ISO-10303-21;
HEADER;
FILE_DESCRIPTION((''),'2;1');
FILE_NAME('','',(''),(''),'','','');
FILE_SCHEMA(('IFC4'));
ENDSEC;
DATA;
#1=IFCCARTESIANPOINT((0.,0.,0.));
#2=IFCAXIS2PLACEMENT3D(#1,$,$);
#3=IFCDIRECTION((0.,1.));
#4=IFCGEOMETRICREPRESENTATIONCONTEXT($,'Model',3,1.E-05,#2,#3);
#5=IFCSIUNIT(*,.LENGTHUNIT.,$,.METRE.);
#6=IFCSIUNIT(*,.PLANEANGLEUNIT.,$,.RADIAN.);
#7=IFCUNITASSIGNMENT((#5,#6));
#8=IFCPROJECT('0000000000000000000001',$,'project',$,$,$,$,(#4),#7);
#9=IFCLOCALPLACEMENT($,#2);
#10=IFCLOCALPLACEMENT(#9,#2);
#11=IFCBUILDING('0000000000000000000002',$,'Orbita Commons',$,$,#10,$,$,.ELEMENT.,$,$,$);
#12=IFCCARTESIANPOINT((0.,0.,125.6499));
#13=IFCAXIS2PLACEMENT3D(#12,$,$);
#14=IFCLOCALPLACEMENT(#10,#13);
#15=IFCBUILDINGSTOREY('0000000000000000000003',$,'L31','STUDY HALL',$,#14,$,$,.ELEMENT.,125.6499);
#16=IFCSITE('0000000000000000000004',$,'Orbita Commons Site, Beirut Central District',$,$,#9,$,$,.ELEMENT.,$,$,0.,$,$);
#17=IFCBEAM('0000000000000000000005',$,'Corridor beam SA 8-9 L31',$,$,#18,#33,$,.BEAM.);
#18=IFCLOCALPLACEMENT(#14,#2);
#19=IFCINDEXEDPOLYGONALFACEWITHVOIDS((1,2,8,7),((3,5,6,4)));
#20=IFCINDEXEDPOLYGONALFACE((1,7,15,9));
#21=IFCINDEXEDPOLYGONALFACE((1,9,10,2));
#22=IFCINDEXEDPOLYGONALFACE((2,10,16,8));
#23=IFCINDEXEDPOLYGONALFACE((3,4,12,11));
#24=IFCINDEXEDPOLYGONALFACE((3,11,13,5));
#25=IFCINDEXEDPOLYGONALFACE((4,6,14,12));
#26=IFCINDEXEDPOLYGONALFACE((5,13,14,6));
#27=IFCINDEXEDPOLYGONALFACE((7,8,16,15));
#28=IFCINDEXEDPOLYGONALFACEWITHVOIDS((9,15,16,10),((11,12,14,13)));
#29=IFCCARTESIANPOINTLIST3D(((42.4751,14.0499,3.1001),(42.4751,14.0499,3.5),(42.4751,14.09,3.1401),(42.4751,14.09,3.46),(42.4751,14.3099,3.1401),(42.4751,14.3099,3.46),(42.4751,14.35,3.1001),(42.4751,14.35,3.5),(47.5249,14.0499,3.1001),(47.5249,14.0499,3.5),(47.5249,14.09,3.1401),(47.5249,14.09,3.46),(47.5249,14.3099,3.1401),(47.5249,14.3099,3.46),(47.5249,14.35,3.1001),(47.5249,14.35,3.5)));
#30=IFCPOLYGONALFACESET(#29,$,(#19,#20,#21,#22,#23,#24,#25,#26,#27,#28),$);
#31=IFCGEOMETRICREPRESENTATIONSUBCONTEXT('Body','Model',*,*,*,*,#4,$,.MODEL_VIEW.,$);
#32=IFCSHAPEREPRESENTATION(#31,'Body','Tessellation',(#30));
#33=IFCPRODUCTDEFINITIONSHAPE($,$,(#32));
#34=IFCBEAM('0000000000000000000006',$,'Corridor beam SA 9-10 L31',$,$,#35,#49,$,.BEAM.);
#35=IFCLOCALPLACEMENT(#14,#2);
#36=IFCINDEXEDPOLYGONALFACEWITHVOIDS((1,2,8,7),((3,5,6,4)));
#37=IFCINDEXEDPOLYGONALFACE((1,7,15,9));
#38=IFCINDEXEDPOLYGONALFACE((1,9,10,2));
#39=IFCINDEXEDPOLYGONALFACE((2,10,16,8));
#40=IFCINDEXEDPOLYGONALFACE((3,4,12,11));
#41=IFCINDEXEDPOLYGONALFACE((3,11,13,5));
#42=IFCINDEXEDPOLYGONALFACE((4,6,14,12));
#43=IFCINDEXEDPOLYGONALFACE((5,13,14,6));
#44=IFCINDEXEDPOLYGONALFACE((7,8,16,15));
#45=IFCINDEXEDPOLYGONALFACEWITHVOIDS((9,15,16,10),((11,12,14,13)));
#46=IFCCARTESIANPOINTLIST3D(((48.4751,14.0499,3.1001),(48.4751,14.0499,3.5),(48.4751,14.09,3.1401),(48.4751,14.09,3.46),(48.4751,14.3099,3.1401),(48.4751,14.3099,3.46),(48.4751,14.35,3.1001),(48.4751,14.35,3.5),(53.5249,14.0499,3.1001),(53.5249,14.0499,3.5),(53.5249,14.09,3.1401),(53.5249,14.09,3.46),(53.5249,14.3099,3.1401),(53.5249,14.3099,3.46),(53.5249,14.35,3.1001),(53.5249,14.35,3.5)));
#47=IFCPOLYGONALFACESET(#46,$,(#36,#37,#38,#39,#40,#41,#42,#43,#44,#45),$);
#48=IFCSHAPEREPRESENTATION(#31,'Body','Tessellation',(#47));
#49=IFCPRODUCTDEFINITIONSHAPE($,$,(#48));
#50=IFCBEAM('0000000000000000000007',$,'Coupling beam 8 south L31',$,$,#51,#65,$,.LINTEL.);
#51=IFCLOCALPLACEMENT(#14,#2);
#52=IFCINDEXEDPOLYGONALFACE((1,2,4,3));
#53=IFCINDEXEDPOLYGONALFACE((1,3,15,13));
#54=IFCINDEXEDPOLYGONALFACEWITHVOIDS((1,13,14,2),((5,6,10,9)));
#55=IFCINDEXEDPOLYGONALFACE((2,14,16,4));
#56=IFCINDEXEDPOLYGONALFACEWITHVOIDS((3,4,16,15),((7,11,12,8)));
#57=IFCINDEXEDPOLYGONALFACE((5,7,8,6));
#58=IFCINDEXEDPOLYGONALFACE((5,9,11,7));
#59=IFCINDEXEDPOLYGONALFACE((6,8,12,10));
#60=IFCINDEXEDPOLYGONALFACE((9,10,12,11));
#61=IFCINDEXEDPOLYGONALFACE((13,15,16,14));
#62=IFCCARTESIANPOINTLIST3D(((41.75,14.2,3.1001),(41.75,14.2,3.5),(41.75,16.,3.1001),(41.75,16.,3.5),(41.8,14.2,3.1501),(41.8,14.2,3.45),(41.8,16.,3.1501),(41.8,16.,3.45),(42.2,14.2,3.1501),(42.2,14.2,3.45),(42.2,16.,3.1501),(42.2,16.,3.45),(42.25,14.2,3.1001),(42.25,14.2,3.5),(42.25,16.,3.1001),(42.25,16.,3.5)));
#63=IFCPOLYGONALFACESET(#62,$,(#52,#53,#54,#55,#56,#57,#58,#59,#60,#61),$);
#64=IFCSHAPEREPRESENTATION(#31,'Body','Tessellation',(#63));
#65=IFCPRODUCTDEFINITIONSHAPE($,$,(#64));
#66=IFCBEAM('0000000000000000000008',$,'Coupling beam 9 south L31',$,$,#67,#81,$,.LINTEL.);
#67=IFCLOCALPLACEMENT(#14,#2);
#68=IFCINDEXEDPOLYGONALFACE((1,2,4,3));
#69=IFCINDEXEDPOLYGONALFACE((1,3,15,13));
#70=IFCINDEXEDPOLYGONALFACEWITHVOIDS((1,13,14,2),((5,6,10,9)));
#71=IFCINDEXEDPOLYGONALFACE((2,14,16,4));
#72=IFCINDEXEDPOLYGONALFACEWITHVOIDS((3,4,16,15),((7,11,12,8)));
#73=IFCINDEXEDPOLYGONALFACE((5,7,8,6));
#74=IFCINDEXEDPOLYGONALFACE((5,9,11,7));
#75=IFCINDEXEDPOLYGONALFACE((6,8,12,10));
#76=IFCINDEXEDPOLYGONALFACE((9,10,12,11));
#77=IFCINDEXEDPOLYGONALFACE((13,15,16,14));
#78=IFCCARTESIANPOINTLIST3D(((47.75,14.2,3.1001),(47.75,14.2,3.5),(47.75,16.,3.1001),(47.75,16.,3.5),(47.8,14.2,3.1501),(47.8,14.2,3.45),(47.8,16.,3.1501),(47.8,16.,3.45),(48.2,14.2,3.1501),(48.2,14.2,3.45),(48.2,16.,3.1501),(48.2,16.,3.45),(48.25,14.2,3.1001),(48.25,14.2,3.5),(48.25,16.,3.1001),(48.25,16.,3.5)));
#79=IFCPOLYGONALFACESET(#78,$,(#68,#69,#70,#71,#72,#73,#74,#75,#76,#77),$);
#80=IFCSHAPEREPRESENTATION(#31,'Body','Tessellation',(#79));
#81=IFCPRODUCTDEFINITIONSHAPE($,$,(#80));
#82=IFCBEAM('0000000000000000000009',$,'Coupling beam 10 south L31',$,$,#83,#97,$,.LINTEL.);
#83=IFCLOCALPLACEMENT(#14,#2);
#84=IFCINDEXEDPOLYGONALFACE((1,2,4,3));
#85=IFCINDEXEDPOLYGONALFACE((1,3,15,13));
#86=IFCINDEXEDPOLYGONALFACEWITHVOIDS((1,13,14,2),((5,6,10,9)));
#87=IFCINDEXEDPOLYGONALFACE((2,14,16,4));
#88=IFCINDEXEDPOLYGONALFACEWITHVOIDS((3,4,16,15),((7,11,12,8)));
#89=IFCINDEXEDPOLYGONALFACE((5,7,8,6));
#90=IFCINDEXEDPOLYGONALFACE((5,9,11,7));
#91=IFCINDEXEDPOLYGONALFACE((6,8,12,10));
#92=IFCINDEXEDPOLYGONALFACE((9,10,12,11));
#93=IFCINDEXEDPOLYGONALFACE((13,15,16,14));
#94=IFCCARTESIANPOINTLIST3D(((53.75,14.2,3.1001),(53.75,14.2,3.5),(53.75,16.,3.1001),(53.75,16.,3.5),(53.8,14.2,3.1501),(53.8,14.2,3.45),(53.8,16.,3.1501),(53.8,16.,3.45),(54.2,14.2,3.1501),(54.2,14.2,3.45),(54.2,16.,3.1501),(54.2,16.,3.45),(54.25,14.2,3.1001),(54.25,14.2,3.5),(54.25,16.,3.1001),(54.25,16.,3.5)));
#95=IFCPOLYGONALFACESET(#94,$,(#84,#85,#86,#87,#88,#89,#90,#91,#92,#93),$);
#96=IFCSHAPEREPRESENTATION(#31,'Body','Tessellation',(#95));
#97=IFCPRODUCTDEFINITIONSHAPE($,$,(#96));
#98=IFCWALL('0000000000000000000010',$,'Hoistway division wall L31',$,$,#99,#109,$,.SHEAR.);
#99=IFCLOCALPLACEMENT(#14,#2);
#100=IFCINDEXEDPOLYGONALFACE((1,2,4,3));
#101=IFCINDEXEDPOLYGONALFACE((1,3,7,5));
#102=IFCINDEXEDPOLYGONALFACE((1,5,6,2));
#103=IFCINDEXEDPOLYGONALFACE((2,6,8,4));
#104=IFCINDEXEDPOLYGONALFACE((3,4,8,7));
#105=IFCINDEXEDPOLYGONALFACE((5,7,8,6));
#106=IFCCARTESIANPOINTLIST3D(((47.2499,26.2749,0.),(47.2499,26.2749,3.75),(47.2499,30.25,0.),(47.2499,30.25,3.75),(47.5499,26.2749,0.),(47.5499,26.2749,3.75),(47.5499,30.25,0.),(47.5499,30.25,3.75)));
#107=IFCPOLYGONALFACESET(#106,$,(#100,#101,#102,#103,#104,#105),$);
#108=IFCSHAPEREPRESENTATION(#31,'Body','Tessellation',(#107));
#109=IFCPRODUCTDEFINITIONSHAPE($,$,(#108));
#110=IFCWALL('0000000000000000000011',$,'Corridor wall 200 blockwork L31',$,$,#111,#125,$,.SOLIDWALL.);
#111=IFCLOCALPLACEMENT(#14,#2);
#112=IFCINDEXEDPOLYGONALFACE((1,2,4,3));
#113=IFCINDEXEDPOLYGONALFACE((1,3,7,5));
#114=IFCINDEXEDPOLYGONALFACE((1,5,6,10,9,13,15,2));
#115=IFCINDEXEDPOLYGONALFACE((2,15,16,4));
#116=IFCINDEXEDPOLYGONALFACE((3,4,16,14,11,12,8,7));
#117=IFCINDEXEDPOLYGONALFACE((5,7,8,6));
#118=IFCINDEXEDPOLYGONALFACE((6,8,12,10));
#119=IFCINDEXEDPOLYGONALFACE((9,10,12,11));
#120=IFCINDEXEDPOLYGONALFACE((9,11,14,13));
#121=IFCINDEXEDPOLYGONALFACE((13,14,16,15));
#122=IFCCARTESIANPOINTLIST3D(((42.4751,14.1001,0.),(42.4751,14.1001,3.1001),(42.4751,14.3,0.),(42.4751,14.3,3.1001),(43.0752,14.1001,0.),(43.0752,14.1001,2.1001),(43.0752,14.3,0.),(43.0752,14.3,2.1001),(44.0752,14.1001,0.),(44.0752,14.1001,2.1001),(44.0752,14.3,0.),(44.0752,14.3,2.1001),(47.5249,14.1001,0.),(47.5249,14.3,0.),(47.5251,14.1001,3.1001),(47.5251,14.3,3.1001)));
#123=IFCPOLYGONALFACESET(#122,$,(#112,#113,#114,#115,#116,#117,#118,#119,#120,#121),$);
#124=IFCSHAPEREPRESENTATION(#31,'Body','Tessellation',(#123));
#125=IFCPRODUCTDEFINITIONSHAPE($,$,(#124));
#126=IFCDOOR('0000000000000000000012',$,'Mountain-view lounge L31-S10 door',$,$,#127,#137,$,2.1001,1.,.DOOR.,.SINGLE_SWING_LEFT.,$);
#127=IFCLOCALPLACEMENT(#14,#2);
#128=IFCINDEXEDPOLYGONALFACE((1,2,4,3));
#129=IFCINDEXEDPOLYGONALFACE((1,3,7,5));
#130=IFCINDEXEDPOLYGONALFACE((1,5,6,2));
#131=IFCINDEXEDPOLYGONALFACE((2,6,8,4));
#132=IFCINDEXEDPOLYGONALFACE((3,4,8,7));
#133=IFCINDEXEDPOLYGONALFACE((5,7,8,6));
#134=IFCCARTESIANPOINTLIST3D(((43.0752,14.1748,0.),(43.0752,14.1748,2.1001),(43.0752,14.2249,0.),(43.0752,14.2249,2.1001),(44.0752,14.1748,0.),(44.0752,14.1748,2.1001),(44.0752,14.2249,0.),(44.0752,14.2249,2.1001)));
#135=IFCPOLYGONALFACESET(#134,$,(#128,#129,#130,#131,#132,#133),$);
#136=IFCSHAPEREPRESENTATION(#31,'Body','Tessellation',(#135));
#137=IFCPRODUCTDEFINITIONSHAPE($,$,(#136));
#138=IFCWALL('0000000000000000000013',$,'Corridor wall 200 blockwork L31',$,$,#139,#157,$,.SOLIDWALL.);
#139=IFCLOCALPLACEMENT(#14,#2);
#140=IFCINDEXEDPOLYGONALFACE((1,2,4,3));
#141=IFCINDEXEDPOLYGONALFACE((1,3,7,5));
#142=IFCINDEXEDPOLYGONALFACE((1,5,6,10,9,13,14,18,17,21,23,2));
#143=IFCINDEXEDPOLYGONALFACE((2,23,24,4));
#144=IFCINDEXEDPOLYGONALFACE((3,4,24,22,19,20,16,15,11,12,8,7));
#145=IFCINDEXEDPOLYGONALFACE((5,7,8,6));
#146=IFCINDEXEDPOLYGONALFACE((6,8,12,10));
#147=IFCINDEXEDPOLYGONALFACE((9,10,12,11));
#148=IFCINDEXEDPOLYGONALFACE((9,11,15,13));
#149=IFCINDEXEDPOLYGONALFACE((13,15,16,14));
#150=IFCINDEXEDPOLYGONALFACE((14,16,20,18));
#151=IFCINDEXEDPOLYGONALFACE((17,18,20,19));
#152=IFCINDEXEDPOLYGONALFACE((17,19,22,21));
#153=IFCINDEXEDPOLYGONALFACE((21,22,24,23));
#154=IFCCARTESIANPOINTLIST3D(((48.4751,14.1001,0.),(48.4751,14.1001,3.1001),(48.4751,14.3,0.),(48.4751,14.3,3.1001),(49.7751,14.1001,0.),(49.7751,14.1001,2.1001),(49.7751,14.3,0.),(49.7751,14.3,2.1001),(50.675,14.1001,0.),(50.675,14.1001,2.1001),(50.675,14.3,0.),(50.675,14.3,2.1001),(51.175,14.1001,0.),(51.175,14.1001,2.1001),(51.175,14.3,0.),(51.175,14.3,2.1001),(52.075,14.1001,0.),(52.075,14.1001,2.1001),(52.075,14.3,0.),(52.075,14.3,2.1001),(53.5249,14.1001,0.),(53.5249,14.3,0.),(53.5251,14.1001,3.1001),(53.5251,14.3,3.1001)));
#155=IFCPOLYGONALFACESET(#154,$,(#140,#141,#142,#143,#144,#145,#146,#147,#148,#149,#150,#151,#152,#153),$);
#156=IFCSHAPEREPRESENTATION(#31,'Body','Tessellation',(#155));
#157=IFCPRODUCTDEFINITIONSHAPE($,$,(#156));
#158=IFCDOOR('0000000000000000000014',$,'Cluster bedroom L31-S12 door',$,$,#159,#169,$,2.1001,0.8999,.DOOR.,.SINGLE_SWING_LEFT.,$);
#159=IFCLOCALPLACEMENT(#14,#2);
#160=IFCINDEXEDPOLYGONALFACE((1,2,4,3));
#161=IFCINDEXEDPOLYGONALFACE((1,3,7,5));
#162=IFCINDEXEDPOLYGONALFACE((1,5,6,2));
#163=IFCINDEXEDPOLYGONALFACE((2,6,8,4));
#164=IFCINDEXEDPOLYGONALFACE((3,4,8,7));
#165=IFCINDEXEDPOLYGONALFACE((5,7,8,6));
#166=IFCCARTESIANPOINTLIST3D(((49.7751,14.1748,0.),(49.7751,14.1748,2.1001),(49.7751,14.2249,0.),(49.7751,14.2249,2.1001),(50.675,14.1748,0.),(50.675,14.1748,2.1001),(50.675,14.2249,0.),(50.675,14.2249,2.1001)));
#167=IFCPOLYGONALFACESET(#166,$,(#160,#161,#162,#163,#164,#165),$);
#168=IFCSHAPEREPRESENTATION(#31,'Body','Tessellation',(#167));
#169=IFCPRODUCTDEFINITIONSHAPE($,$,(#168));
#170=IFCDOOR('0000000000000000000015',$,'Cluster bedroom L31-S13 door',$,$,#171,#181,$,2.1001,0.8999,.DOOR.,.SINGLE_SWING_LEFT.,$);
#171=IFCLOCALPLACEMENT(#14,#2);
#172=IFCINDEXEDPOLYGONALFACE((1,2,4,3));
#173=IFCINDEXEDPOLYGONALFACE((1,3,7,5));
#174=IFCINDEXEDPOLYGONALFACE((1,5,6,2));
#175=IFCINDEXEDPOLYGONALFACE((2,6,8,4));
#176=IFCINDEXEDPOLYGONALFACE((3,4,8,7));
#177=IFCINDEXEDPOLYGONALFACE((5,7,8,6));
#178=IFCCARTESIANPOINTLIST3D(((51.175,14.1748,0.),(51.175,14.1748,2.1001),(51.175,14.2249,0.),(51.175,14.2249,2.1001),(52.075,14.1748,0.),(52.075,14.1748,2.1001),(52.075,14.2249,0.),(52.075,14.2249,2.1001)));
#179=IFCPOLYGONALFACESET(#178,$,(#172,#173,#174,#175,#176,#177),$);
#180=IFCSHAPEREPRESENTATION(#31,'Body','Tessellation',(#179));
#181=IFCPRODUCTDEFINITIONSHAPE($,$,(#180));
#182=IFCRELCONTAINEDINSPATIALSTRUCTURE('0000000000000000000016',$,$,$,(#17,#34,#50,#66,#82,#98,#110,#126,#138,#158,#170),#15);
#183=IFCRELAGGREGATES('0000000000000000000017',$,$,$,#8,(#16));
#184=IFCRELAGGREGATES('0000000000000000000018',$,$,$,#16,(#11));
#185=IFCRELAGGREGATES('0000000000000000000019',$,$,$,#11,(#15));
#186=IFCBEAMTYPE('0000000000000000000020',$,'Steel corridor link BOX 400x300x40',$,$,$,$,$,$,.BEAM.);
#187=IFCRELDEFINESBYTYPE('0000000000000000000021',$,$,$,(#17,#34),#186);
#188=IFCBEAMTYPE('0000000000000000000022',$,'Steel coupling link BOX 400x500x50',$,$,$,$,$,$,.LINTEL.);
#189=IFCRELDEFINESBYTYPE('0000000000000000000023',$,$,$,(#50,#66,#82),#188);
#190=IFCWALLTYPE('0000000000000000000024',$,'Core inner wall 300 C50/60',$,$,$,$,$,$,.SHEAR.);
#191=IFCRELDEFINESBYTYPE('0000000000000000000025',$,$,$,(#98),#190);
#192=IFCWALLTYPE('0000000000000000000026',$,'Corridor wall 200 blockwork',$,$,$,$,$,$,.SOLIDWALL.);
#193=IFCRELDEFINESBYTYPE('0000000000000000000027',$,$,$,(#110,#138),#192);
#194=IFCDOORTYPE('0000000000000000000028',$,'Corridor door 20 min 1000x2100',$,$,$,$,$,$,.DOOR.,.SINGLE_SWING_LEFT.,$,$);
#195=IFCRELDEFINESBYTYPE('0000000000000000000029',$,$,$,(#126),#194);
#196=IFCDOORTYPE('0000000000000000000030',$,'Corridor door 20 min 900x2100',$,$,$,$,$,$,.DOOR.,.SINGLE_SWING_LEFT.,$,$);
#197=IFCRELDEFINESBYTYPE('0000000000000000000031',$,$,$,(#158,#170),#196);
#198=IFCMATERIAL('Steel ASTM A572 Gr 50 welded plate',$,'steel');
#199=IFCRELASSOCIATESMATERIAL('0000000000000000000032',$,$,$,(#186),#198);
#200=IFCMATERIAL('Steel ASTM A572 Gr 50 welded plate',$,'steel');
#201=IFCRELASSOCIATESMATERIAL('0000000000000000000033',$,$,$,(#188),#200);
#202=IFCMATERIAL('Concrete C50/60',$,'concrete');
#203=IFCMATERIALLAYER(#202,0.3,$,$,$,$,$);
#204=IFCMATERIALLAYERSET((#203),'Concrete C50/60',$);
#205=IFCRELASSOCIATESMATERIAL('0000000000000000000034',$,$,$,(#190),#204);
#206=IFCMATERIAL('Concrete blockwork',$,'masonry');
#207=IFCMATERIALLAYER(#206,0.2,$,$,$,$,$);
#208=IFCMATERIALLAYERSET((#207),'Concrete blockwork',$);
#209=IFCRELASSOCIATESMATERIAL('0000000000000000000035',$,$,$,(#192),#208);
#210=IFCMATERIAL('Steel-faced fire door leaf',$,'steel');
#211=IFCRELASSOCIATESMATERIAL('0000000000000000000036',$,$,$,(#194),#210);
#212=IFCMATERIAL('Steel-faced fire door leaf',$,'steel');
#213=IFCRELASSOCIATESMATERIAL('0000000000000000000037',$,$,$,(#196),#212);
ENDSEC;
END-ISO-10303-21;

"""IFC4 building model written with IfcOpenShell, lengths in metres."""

from ifc_helpers import new_model, si_unit, direction, frame, frame_2d, origin, origin_2d, place, context, subcontext, project, spatial, polyline, rectangle, hollow_rectangle, outline, extrude, material, layer, layer_set, material_profile, profile_set, type_object, element, fill, save


model = new_model("IFC4")

# Units and contexts
model_context = context("Model", 3, precision=1e-05, world=origin(), true_north=direction((0.0, 1.0)))
body_context = subcontext(model_context, "Body", "Model", "MODEL_VIEW")
ifc_project = project(units=[si_unit("LENGTHUNIT", "METRE"), si_unit("PLANEANGLEUNIT", "RADIAN")], contexts=[model_context])

# Site, building, storey
site_placement = place(None, origin())
site = spatial("IfcSite", under=ifc_project, at=site_placement, Name="Orbita Commons Site, Beirut Central District", CompositionType="ELEMENT", RefElevation=0.0)
building_placement = place(site_placement, origin())
building = spatial("IfcBuilding", under=site, at=building_placement, Name="Orbita Commons", CompositionType="ELEMENT")
storey_placement = place(building_placement, frame((0.0, 0.0, 125.6499)))
storey = spatial("IfcBuildingStorey", under=building, at=storey_placement, Name="L31", Description="STUDY HALL", CompositionType="ELEMENT", Elevation=125.6499)

# Beams
ifc_material_1 = material(Name="Steel ASTM A572 Gr 50 welded plate", Category="steel")
ifc_material_profile_1 = material_profile(ifc_material_1, hollow_rectangle(XDim=0.3, YDim=0.3999, WallThickness=0.04, at=origin_2d()), Name="BOX 400x300x40")
ifc_profile_set_1 = profile_set([ifc_material_profile_1], Name="Steel ASTM A572 Gr 50 welded plate")
beam_type_1 = type_object("IfcBeamType", Name="Steel corridor link BOX 400x300x40", PredefinedType="BEAM", material=ifc_profile_set_1)
for number, where, z_axis, x_axis, name in (
    (1, (42.4751, 14.2, 3.3), (1.0, 0.0, 0.0), (0.0, 1.0, 0.0), "Corridor beam SA 8-9 L31"),
    (2, (48.4751, 14.2, 3.3), (1.0, 0.0, 0.0), (0.0, 1.0, 0.0), "Corridor beam SA 9-10 L31"),
):
    element("IfcBeam", number, at=place(storey_placement, frame(where, z_axis=z_axis, x_axis=x_axis)), inside=storey, type_object=beam_type_1, Name=name, PredefinedType="BEAM", context=body_context, shape_type="SweptSolid", body=[
        extrude(hollow_rectangle(XDim=0.3, YDim=0.3999, WallThickness=0.04, at=origin_2d()), origin(), (0.0, 0.0, 1.0), 5.0498),
    ])
ifc_material_2 = material(Name="Steel ASTM A572 Gr 50 welded plate", Category="steel")
ifc_material_profile_2 = material_profile(ifc_material_2, hollow_rectangle(XDim=0.5, YDim=0.3999, WallThickness=0.05, at=origin_2d()), Name="BOX 400x500x50")
ifc_profile_set_2 = profile_set([ifc_material_profile_2], Name="Steel ASTM A572 Gr 50 welded plate")
beam_type_2 = type_object("IfcBeamType", Name="Steel coupling link BOX 400x500x50", PredefinedType="LINTEL", material=ifc_profile_set_2)
for number, where, z_axis, x_axis, name in (
    (3, (42.0, 14.2, 3.3), (0.0, 1.0, 0.0), (-1.0, 0.0, 0.0), "Coupling beam 8 south L31"),
    (4, (48.0, 14.2, 3.3), (0.0, 1.0, 0.0), (-1.0, 0.0, 0.0), "Coupling beam 9 south L31"),
    (5, (54.0, 14.2, 3.3), (0.0, 1.0, 0.0), (-1.0, 0.0, 0.0), "Coupling beam 10 south L31"),
):
    element("IfcBeam", number, at=place(storey_placement, frame(where, z_axis=z_axis, x_axis=x_axis)), inside=storey, type_object=beam_type_2, Name=name, PredefinedType="LINTEL", context=body_context, shape_type="SweptSolid", body=[
        extrude(hollow_rectangle(XDim=0.5, YDim=0.3999, WallThickness=0.05, at=origin_2d()), origin(), (0.0, 0.0, 1.0), 1.8),
    ])

# Wall
ifc_material_3 = material(Name="Concrete C50/60", Category="concrete")
ifc_layer_1 = layer(ifc_material_3, 0.3)
ifc_layer_set_1 = layer_set([ifc_layer_1], Name="Concrete C50/60")
wall_type_1 = type_object("IfcWallType", Name="Core inner wall 300 C50/60", PredefinedType="SHEAR", material=ifc_layer_set_1)
wall_1_placement = place(storey_placement, frame((47.3999, 26.2749, 0.0), z_axis=(0.0, 0.0, 1.0), x_axis=(0.0, 1.0, 0.0)))
element("IfcWall", 6, at=wall_1_placement, inside=storey, type_object=wall_type_1, Name="Hoistway division wall L31", PredefinedType="SHEAR", context=body_context, shape_type="SweptSolid", body=[
    extrude(rectangle(XDim=3.9751, YDim=0.3, at=frame_2d((1.9875, 0.0))), origin(), (0.0, 0.0, 1.0), 3.75),
])

# Wall, opening, door
ifc_material_4 = material(Name="Concrete blockwork", Category="masonry")
ifc_layer_2 = layer(ifc_material_4, 0.2)
ifc_layer_set_2 = layer_set([ifc_layer_2], Name="Concrete blockwork")
wall_type_2 = type_object("IfcWallType", Name="Corridor wall 200 blockwork", PredefinedType="SOLIDWALL", material=ifc_layer_set_2)
wall_2_placement = place(storey_placement, frame((42.4751, 14.2, 0.0), z_axis=(0.0, 0.0, 1.0), x_axis=(1.0, 0.0, 0.0)))
wall_2 = element("IfcWall", 7, at=wall_2_placement, inside=storey, type_object=wall_type_2, Name="Corridor wall 200 blockwork L31", PredefinedType="SOLIDWALL", context=body_context, shape_type="SweptSolid", body=[
    extrude(outline(polyline([(0.0, 0.0), (5.0498, 0.0), (5.05, 3.1001), (0.0, 3.1001), (0.0, 0.0)])), frame((0.0, 0.1001, 0.0), z_axis=(0.0, -1.0, 0.0), x_axis=(1.0, 0.0, 0.0)), (0.0, 0.0, 1.0), 0.2),
])
opening_1_placement = place(wall_2_placement, frame((0.6001, 0.0, 0.0)))
opening_1 = element("IfcOpeningElement", 8, at=opening_1_placement, cuts=wall_2, PredefinedType="OPENING", context=body_context, shape_type="SweptSolid", body=[
    extrude(rectangle(XDim=1.0, YDim=2.1001, at=frame_2d((0.5, 1.05))), frame((0.0, 0.1099, 0.0), z_axis=(0.0, -1.0, 0.0), x_axis=(1.0, 0.0, 0.0)), (0.0, 0.0, 1.0), 0.22),
])
ifc_material_5 = material(Name="Steel-faced fire door leaf", Category="steel")
door_type_1 = type_object("IfcDoorType", Name="Corridor door 20 min 1000x2100", OperationType="SINGLE_SWING_LEFT", PredefinedType="DOOR", material=ifc_material_5)
door_1_placement = place(opening_1_placement, origin())
door_1 = element("IfcDoor", 9, at=door_1_placement, inside=storey, type_object=door_type_1, Name="Mountain-view lounge L31-S10 door", OperationType="SINGLE_SWING_LEFT", OverallHeight=2.1001, OverallWidth=1.0, PredefinedType="DOOR", context=body_context, shape_type="SweptSolid", body=[
    extrude(rectangle(XDim=1.0, YDim=2.1001, at=frame_2d((0.5, 1.05))), frame((0.0, 0.0249, 0.0), z_axis=(0.0, -1.0, 0.0), x_axis=(1.0, 0.0, 0.0)), (0.0, 0.0, 1.0), 0.05),
])
fill(opening_1, door_1)

# Wall, openings, doors
wall_3_placement = place(storey_placement, frame((48.4751, 14.2, 0.0), z_axis=(0.0, 0.0, 1.0), x_axis=(1.0, 0.0, 0.0)))
wall_3 = element("IfcWall", 10, at=wall_3_placement, inside=storey, type_object=wall_type_2, Name="Corridor wall 200 blockwork L31", PredefinedType="SOLIDWALL", context=body_context, shape_type="SweptSolid", body=[
    extrude(outline(polyline([(0.0, 0.0), (5.0498, 0.0), (5.05, 3.1001), (0.0, 3.1001), (0.0, 0.0)])), frame((0.0, 0.1001, 0.0), z_axis=(0.0, -1.0, 0.0), x_axis=(1.0, 0.0, 0.0)), (0.0, 0.0, 1.0), 0.2),
])
opening_2_placement = place(wall_3_placement, frame((1.3, 0.0, 0.0)))
opening_2 = element("IfcOpeningElement", 11, at=opening_2_placement, cuts=wall_3, PredefinedType="OPENING", context=body_context, shape_type="SweptSolid", body=[
    extrude(rectangle(XDim=0.8999, YDim=2.1001, at=frame_2d((0.45, 1.05))), frame((0.0, 0.1099, 0.0), z_axis=(0.0, -1.0, 0.0), x_axis=(1.0, 0.0, 0.0)), (0.0, 0.0, 1.0), 0.22),
])
opening_3_placement = place(wall_3_placement, frame((2.7, 0.0, 0.0)))
opening_3 = element("IfcOpeningElement", 12, at=opening_3_placement, cuts=wall_3, PredefinedType="OPENING", context=body_context, shape_type="SweptSolid", body=[
    extrude(rectangle(XDim=0.8999, YDim=2.1001, at=frame_2d((0.45, 1.05))), frame((0.0, 0.1099, 0.0), z_axis=(0.0, -1.0, 0.0), x_axis=(1.0, 0.0, 0.0)), (0.0, 0.0, 1.0), 0.22),
])
ifc_material_6 = material(Name="Steel-faced fire door leaf", Category="steel")
door_type_2 = type_object("IfcDoorType", Name="Corridor door 20 min 900x2100", OperationType="SINGLE_SWING_LEFT", PredefinedType="DOOR", material=ifc_material_6)
door_2_placement = place(opening_2_placement, origin())
door_2 = element("IfcDoor", 13, at=door_2_placement, inside=storey, type_object=door_type_2, Name="Cluster bedroom L31-S12 door", OperationType="SINGLE_SWING_LEFT", OverallHeight=2.1001, OverallWidth=0.8999, PredefinedType="DOOR", context=body_context, shape_type="SweptSolid", body=[
    extrude(rectangle(XDim=0.8999, YDim=2.1001, at=frame_2d((0.45, 1.05))), frame((0.0, 0.0249, 0.0), z_axis=(0.0, -1.0, 0.0), x_axis=(1.0, 0.0, 0.0)), (0.0, 0.0, 1.0), 0.05),
])
fill(opening_2, door_2)
door_3_placement = place(opening_3_placement, origin())
door_3 = element("IfcDoor", 14, at=door_3_placement, inside=storey, type_object=door_type_2, Name="Cluster bedroom L31-S13 door", OperationType="SINGLE_SWING_LEFT", OverallHeight=2.1001, OverallWidth=0.8999, PredefinedType="DOOR", context=body_context, shape_type="SweptSolid", body=[
    extrude(rectangle(XDim=0.8999, YDim=2.1001, at=frame_2d((0.45, 1.05))), frame((0.0, 0.0249, 0.0), z_axis=(0.0, -1.0, 0.0), x_axis=(1.0, 0.0, 0.0)), (0.0, 0.0, 1.0), 0.05),
])
fill(opening_3, door_3)

save(model, "model.ifc")
